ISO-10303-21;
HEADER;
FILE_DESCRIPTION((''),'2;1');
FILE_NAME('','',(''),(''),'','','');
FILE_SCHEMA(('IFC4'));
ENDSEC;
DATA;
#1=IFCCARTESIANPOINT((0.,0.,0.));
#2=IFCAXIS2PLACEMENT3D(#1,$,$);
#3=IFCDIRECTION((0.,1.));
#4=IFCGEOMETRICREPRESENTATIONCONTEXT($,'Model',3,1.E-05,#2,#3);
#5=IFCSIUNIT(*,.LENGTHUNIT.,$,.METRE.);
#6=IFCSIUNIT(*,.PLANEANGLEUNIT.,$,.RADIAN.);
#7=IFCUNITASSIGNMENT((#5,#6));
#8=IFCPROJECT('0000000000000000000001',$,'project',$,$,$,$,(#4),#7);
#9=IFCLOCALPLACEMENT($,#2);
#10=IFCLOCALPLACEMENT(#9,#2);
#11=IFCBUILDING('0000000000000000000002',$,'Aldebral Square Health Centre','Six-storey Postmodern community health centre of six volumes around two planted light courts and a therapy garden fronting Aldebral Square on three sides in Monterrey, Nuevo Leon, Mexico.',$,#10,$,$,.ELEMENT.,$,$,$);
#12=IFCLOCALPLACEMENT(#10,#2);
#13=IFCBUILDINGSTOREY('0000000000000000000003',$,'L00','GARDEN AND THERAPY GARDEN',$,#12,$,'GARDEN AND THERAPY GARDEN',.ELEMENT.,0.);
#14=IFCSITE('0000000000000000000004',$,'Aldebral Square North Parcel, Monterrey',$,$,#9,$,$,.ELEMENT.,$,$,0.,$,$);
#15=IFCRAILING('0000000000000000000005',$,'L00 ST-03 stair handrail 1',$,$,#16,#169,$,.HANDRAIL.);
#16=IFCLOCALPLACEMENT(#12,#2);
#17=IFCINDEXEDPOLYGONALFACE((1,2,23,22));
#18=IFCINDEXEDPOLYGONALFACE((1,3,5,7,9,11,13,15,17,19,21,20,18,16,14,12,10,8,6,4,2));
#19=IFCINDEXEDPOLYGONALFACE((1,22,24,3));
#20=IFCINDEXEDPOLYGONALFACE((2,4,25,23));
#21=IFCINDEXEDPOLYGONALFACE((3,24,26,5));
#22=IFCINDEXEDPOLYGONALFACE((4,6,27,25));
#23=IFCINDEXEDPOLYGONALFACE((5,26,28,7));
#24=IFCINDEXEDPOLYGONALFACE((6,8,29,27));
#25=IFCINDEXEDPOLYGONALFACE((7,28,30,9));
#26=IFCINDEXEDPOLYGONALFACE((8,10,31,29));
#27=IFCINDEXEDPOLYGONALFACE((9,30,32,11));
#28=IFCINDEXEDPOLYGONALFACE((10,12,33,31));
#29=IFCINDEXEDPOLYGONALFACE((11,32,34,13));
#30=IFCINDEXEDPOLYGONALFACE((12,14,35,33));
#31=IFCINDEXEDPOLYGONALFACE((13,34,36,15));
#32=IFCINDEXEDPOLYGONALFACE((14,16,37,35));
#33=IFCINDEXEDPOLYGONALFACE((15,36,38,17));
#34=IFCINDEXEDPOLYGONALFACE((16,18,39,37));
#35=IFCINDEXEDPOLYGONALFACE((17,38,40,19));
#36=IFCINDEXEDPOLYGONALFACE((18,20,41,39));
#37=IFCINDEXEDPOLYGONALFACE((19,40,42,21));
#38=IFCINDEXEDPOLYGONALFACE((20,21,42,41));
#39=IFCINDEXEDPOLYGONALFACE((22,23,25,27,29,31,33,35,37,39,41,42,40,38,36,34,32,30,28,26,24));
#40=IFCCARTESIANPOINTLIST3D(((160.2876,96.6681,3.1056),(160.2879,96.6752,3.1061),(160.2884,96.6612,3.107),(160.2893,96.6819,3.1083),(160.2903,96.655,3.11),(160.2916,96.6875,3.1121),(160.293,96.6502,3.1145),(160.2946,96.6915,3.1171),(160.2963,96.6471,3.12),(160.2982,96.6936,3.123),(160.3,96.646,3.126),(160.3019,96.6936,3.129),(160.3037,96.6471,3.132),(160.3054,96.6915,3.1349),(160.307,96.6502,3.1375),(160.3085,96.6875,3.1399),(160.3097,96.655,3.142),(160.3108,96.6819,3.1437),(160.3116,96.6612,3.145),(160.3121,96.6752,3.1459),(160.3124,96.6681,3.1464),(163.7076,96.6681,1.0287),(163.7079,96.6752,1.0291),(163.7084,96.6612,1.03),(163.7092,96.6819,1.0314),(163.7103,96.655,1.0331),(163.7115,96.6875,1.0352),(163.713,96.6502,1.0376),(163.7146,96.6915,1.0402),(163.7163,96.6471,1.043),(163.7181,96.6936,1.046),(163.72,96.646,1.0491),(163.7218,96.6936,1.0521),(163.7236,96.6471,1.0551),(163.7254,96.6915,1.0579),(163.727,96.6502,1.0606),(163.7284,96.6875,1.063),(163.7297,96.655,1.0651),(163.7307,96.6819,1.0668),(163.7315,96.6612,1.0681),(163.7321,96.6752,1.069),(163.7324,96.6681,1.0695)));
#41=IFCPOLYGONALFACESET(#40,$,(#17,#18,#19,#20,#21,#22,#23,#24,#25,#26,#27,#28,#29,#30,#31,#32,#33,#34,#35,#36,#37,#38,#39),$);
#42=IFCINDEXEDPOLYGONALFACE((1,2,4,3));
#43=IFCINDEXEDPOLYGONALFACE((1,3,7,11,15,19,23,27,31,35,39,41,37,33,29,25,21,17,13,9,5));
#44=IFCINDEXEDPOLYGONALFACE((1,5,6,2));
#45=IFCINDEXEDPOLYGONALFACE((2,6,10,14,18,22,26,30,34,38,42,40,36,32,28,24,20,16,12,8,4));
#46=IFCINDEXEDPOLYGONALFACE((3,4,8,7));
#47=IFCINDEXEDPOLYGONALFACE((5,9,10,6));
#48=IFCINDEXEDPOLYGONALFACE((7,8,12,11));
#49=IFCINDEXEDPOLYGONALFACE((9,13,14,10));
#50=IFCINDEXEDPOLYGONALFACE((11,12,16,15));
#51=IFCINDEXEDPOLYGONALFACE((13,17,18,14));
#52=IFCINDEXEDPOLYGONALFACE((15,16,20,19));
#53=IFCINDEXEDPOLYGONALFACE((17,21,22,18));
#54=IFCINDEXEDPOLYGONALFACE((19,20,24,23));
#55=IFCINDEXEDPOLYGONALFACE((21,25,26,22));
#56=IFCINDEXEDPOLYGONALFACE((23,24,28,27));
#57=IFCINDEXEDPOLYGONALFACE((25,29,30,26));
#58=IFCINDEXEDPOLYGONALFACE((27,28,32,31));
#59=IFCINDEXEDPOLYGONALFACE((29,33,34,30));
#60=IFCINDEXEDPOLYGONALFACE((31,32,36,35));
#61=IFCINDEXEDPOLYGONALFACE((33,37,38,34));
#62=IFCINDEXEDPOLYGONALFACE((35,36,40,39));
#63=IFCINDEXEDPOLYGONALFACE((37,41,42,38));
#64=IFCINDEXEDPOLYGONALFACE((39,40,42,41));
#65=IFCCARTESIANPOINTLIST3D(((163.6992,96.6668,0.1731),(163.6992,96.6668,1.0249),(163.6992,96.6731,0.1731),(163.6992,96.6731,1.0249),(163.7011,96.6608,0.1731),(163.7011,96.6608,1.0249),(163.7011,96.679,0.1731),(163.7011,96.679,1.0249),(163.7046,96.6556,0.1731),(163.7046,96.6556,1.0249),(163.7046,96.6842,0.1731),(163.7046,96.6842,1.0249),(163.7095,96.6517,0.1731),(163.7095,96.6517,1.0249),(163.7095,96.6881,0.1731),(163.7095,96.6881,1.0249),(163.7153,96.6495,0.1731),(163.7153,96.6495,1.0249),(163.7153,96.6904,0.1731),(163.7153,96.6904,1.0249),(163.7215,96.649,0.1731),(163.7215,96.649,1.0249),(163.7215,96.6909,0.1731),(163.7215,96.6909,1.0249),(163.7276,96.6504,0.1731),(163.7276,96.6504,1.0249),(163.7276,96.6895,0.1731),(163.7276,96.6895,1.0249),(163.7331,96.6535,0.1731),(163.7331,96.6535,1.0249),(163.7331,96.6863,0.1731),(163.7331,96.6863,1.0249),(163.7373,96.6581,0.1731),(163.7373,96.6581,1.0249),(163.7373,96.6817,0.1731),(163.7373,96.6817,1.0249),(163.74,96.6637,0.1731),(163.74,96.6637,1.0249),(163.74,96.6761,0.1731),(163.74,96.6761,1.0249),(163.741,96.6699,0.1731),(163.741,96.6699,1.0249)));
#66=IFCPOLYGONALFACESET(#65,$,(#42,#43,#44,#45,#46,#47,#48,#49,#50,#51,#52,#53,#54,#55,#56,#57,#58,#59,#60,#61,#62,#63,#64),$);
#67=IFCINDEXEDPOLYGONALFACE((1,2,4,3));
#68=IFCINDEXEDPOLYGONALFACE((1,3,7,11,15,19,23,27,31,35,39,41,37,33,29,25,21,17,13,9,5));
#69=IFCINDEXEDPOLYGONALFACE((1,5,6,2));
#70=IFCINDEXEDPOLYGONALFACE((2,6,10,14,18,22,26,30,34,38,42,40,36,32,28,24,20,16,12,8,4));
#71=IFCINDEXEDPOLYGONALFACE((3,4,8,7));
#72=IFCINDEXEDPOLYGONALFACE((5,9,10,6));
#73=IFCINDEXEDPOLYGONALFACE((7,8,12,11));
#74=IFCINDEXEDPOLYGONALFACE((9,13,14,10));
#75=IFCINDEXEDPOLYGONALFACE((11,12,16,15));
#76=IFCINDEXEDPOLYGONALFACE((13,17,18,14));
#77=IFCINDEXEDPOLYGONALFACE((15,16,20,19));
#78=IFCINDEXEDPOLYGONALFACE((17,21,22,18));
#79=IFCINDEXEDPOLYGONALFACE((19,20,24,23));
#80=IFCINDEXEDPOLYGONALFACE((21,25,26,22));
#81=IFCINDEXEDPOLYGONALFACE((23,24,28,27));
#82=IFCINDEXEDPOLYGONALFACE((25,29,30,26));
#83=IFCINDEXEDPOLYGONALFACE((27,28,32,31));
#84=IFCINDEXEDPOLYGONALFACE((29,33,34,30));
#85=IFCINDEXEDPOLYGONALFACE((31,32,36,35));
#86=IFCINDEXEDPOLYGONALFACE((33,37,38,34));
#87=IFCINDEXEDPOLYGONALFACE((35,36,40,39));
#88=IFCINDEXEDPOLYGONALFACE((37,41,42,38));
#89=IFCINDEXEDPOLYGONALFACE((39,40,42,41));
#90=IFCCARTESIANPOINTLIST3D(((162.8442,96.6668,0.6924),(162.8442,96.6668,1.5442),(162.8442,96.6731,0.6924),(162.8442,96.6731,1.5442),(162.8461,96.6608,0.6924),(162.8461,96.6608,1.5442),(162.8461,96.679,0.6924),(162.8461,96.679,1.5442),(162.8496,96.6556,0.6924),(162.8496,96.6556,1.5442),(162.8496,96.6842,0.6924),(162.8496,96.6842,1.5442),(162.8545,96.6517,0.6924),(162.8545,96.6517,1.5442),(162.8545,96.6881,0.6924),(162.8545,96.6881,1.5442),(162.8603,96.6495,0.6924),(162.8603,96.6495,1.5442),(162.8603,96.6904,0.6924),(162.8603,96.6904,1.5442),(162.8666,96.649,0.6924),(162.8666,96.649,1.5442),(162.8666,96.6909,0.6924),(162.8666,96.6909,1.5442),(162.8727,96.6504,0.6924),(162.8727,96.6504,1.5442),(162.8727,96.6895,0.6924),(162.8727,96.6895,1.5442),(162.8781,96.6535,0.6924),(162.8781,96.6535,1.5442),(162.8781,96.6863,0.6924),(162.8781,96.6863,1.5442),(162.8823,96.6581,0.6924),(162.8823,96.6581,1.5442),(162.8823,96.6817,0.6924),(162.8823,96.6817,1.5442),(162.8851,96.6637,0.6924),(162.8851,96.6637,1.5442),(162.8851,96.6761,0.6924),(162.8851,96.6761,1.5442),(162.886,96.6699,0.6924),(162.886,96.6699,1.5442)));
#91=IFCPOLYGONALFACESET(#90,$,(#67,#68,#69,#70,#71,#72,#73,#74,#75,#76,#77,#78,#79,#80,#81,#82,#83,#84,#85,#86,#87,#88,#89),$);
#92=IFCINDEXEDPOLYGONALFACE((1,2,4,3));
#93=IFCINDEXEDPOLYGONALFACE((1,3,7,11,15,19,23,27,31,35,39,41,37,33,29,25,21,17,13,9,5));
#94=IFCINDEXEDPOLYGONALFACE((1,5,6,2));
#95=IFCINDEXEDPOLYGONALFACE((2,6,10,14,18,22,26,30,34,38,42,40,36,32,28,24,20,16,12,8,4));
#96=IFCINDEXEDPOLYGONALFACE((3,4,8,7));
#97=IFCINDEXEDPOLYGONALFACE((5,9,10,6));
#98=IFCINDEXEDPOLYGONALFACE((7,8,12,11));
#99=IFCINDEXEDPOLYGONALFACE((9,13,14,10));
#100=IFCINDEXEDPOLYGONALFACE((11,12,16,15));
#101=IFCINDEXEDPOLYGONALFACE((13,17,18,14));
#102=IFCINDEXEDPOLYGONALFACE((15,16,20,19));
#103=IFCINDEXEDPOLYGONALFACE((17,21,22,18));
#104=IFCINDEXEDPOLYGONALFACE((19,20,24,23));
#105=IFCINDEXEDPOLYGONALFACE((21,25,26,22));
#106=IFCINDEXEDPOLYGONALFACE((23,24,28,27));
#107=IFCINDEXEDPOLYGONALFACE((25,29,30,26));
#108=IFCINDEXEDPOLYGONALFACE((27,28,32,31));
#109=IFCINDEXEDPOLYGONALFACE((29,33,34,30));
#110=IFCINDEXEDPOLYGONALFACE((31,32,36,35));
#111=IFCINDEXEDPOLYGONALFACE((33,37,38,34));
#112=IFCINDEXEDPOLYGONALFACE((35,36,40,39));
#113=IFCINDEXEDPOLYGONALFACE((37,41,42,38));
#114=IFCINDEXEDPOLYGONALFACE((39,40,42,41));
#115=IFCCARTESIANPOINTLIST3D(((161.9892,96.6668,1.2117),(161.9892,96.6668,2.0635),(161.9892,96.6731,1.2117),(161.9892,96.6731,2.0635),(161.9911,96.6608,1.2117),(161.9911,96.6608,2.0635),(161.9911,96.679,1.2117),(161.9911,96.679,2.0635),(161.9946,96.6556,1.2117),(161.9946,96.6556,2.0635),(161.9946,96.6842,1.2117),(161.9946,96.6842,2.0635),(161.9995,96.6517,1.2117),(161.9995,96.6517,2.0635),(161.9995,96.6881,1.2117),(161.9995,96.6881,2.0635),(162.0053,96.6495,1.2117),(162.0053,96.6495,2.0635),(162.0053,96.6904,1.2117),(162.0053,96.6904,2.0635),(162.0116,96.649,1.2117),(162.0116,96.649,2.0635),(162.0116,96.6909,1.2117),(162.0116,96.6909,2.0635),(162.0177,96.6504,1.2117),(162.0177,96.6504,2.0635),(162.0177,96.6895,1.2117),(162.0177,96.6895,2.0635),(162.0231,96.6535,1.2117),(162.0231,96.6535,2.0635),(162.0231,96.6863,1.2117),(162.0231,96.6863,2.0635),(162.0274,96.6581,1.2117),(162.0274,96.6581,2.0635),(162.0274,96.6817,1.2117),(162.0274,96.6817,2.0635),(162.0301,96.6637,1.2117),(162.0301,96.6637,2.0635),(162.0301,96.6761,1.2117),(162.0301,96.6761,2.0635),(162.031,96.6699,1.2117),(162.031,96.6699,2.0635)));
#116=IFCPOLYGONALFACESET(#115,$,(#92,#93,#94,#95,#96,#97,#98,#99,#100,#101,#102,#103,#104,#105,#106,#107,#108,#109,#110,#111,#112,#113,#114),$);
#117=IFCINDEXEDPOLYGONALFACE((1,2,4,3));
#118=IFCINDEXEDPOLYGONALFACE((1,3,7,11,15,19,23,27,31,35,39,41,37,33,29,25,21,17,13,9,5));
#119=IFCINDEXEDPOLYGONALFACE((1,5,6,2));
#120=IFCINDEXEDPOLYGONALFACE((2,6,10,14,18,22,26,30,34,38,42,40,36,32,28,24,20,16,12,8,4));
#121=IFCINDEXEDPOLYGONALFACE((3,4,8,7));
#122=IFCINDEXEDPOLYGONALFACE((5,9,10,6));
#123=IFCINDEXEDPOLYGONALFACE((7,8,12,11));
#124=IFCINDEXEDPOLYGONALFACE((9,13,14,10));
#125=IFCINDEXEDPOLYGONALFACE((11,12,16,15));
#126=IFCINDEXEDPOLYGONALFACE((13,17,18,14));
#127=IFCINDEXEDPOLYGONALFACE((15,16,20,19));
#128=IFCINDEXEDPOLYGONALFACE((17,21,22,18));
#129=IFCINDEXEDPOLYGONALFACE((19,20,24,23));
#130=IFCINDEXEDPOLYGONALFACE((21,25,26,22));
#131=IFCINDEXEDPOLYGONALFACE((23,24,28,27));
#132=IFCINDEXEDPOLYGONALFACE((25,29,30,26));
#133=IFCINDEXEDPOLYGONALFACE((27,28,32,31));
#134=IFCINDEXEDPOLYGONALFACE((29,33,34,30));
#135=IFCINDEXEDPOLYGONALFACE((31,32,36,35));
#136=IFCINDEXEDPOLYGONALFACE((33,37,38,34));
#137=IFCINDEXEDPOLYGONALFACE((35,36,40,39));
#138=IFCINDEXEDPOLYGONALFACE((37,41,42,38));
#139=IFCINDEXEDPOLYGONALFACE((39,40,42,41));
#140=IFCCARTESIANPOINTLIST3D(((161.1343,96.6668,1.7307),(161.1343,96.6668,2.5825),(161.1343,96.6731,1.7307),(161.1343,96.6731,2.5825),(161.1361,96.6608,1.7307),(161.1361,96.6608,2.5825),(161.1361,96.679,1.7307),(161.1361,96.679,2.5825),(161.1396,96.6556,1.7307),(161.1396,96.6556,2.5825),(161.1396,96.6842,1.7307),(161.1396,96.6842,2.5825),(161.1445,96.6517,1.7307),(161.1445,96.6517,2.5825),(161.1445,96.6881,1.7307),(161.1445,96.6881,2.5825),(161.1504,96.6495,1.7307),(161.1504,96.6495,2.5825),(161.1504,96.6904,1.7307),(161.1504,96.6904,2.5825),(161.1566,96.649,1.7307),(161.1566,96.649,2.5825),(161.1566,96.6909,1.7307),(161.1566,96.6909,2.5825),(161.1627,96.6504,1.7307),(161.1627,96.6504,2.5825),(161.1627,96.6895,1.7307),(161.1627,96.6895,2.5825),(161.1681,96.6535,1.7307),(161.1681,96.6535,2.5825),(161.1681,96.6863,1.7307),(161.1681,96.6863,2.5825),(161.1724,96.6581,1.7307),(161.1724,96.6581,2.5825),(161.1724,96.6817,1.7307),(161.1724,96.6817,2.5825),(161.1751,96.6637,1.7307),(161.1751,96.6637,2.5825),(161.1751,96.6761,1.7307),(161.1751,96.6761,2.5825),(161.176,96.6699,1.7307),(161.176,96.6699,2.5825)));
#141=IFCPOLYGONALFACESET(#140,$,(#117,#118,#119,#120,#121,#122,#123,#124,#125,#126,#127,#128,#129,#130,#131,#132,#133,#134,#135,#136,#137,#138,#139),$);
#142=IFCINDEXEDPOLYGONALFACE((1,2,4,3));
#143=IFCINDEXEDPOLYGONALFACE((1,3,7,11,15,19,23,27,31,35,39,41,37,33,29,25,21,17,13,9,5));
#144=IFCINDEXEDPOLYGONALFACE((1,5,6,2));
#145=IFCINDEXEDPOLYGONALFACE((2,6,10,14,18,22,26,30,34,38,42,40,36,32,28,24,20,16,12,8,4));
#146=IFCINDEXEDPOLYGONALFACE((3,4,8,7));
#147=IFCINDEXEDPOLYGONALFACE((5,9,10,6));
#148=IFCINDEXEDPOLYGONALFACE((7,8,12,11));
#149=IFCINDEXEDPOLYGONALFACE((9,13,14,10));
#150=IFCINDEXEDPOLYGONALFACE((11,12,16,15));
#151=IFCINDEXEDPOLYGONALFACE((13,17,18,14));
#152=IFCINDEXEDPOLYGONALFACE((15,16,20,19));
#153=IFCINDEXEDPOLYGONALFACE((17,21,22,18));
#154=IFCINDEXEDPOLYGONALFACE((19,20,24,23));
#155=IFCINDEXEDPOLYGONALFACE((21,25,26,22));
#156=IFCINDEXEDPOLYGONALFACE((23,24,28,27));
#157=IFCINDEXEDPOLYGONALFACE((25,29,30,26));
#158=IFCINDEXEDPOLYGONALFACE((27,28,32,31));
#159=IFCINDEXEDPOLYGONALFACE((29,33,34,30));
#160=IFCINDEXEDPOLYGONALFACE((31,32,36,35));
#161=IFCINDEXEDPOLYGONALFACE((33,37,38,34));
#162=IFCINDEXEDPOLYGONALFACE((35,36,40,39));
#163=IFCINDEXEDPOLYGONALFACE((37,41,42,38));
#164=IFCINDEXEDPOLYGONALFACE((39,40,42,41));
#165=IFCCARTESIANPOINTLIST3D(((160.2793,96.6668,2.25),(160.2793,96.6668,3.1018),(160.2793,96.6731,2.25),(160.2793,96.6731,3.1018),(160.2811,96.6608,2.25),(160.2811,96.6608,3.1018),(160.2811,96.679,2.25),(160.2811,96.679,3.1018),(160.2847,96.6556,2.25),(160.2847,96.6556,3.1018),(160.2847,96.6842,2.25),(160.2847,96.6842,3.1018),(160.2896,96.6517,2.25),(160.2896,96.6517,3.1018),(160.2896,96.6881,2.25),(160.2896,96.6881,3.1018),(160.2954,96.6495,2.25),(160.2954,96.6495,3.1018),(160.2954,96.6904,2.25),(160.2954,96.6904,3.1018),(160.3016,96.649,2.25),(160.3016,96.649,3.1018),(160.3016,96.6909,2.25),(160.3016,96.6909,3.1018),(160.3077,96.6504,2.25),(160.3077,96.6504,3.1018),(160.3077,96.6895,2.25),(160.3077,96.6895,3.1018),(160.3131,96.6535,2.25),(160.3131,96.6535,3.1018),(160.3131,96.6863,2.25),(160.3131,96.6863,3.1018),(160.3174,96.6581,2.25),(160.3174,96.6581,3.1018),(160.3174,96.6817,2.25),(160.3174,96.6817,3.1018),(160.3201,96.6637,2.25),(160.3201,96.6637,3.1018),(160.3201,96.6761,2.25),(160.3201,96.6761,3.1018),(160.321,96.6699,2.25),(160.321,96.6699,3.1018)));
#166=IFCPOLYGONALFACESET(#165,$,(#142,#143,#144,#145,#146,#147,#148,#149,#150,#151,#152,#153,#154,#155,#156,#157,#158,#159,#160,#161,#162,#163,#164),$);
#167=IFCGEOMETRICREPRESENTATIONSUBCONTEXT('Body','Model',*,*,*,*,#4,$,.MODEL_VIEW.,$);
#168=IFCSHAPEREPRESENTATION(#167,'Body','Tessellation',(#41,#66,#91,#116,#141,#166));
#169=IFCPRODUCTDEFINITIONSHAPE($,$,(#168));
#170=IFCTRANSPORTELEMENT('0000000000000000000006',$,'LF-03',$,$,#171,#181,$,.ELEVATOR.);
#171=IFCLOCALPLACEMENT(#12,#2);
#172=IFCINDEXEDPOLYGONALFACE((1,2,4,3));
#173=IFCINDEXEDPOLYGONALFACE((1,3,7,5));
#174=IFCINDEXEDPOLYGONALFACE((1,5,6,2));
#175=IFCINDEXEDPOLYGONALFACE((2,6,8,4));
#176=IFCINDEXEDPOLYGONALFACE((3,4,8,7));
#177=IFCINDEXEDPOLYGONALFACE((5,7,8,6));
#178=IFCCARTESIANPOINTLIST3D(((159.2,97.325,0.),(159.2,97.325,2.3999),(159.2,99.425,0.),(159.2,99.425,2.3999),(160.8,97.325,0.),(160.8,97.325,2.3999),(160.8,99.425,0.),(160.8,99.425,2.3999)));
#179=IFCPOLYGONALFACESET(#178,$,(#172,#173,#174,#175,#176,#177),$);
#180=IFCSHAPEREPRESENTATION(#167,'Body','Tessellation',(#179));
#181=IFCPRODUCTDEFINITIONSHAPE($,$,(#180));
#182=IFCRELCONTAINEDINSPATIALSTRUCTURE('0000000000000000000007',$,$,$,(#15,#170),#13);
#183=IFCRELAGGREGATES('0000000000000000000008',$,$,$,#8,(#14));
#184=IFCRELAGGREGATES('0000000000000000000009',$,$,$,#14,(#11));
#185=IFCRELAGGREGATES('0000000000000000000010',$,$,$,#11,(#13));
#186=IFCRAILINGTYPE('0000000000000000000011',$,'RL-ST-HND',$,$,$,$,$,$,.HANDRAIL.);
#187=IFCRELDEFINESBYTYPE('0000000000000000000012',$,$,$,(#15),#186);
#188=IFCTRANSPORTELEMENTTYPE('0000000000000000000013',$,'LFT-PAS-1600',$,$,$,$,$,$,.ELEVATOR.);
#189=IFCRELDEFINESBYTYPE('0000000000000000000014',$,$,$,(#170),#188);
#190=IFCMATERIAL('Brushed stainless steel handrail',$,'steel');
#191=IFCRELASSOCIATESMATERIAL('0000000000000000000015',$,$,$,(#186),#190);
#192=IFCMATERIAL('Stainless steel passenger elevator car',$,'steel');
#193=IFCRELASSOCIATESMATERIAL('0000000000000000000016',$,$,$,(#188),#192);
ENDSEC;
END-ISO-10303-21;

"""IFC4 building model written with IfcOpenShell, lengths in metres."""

from ifc_helpers import new_model, si_unit, direction, frame, origin, origin_2d, place, context, subcontext, project, spatial, rectangle, circle, extrude, material, type_object, element, save


model = new_model("IFC4")

# Units and contexts
model_context = context("Model", 3, precision=1e-05, world=origin(), true_north=direction((0.0, 1.0)))
body_context = subcontext(model_context, "Body", "Model", "MODEL_VIEW")
ifc_project = project(units=[si_unit("LENGTHUNIT", "METRE"), si_unit("PLANEANGLEUNIT", "RADIAN")], contexts=[model_context])

# Site, building, storey
site_placement = place(None, origin())
site = spatial("IfcSite", under=ifc_project, at=site_placement, Name="Aldebral Square North Parcel, Monterrey", CompositionType="ELEMENT", RefElevation=0.0)
building_placement = place(site_placement, origin())
building = spatial("IfcBuilding", under=site, at=building_placement, Name="Aldebral Square Health Centre", Description="Six-storey Postmodern community health centre of six volumes around two planted light courts and a therapy garden fronting Aldebral Square on three sides in Monterrey, Nuevo Leon, Mexico.", CompositionType="ELEMENT")
storey_placement = place(building_placement, origin())
storey = spatial("IfcBuildingStorey", under=building, at=storey_placement, Name="L00", Description="GARDEN AND THERAPY GARDEN", LongName="GARDEN AND THERAPY GARDEN", CompositionType="ELEMENT", Elevation=0.0)

# Railing
ifc_material_1 = material(Name="Brushed stainless steel handrail", Category="steel")
railing_type_1 = type_object("IfcRailingType", Name="RL-ST-HND", PredefinedType="HANDRAIL", material=ifc_material_1)
railing_1_placement = place(storey_placement, frame((163.72, 96.6699, 0.1731)))
element("IfcRailing", 1, at=railing_1_placement, inside=storey, type_object=railing_type_1, Name="L00 ST-03 stair handrail 1", PredefinedType="HANDRAIL", context=body_context, shape_type="SweptSolid", body=[
    extrude(circle(Radius=0.0239, at=origin_2d()), frame((0.0, 0.0, 0.876), z_axis=(-0.85473, 0.0, 0.519074), x_axis=(0.0, -1.0, 0.0)), (0.0, 0.0, 1.0), 4.0012),
    extrude(circle(Radius=0.021, at=origin_2d()), origin(), (0.0, 0.0, 1.0), 0.8518),
    extrude(circle(Radius=0.021, at=origin_2d()), frame((-0.855, 0.0, 0.5193)), (0.0, 0.0, 1.0), 0.8518),
    extrude(circle(Radius=0.021, at=origin_2d()), frame((-1.71, 0.0, 1.0386)), (0.0, 0.0, 1.0), 0.8518),
    extrude(circle(Radius=0.021, at=origin_2d()), frame((-2.5649, 0.0, 1.5576)), (0.0, 0.0, 1.0), 0.8518),
    extrude(circle(Radius=0.021, at=origin_2d()), frame((-3.4199, 0.0, 2.0769)), (0.0, 0.0, 1.0), 0.8518),
])

# Transport element
ifc_material_2 = material(Name="Stainless steel passenger elevator car", Category="steel")
transport_element_type = type_object("IfcTransportElementType", Name="LFT-PAS-1600", PredefinedType="ELEVATOR", material=ifc_material_2)
transport_element_placement = place(storey_placement, frame((160.0, 98.375, 0.0), z_axis=(0.0, 0.0, 1.0), x_axis=(1.0, 0.0, 0.0)))
element("IfcTransportElement", 2, at=transport_element_placement, inside=storey, type_object=transport_element_type, Name="LF-03", PredefinedType="ELEVATOR", context=body_context, shape_type="SweptSolid", body=[
    extrude(rectangle(XDim=1.6001, YDim=2.1001, at=origin_2d()), origin(), (0.0, 0.0, 1.0), 2.3999),
])

save(model, "model.ifc")
